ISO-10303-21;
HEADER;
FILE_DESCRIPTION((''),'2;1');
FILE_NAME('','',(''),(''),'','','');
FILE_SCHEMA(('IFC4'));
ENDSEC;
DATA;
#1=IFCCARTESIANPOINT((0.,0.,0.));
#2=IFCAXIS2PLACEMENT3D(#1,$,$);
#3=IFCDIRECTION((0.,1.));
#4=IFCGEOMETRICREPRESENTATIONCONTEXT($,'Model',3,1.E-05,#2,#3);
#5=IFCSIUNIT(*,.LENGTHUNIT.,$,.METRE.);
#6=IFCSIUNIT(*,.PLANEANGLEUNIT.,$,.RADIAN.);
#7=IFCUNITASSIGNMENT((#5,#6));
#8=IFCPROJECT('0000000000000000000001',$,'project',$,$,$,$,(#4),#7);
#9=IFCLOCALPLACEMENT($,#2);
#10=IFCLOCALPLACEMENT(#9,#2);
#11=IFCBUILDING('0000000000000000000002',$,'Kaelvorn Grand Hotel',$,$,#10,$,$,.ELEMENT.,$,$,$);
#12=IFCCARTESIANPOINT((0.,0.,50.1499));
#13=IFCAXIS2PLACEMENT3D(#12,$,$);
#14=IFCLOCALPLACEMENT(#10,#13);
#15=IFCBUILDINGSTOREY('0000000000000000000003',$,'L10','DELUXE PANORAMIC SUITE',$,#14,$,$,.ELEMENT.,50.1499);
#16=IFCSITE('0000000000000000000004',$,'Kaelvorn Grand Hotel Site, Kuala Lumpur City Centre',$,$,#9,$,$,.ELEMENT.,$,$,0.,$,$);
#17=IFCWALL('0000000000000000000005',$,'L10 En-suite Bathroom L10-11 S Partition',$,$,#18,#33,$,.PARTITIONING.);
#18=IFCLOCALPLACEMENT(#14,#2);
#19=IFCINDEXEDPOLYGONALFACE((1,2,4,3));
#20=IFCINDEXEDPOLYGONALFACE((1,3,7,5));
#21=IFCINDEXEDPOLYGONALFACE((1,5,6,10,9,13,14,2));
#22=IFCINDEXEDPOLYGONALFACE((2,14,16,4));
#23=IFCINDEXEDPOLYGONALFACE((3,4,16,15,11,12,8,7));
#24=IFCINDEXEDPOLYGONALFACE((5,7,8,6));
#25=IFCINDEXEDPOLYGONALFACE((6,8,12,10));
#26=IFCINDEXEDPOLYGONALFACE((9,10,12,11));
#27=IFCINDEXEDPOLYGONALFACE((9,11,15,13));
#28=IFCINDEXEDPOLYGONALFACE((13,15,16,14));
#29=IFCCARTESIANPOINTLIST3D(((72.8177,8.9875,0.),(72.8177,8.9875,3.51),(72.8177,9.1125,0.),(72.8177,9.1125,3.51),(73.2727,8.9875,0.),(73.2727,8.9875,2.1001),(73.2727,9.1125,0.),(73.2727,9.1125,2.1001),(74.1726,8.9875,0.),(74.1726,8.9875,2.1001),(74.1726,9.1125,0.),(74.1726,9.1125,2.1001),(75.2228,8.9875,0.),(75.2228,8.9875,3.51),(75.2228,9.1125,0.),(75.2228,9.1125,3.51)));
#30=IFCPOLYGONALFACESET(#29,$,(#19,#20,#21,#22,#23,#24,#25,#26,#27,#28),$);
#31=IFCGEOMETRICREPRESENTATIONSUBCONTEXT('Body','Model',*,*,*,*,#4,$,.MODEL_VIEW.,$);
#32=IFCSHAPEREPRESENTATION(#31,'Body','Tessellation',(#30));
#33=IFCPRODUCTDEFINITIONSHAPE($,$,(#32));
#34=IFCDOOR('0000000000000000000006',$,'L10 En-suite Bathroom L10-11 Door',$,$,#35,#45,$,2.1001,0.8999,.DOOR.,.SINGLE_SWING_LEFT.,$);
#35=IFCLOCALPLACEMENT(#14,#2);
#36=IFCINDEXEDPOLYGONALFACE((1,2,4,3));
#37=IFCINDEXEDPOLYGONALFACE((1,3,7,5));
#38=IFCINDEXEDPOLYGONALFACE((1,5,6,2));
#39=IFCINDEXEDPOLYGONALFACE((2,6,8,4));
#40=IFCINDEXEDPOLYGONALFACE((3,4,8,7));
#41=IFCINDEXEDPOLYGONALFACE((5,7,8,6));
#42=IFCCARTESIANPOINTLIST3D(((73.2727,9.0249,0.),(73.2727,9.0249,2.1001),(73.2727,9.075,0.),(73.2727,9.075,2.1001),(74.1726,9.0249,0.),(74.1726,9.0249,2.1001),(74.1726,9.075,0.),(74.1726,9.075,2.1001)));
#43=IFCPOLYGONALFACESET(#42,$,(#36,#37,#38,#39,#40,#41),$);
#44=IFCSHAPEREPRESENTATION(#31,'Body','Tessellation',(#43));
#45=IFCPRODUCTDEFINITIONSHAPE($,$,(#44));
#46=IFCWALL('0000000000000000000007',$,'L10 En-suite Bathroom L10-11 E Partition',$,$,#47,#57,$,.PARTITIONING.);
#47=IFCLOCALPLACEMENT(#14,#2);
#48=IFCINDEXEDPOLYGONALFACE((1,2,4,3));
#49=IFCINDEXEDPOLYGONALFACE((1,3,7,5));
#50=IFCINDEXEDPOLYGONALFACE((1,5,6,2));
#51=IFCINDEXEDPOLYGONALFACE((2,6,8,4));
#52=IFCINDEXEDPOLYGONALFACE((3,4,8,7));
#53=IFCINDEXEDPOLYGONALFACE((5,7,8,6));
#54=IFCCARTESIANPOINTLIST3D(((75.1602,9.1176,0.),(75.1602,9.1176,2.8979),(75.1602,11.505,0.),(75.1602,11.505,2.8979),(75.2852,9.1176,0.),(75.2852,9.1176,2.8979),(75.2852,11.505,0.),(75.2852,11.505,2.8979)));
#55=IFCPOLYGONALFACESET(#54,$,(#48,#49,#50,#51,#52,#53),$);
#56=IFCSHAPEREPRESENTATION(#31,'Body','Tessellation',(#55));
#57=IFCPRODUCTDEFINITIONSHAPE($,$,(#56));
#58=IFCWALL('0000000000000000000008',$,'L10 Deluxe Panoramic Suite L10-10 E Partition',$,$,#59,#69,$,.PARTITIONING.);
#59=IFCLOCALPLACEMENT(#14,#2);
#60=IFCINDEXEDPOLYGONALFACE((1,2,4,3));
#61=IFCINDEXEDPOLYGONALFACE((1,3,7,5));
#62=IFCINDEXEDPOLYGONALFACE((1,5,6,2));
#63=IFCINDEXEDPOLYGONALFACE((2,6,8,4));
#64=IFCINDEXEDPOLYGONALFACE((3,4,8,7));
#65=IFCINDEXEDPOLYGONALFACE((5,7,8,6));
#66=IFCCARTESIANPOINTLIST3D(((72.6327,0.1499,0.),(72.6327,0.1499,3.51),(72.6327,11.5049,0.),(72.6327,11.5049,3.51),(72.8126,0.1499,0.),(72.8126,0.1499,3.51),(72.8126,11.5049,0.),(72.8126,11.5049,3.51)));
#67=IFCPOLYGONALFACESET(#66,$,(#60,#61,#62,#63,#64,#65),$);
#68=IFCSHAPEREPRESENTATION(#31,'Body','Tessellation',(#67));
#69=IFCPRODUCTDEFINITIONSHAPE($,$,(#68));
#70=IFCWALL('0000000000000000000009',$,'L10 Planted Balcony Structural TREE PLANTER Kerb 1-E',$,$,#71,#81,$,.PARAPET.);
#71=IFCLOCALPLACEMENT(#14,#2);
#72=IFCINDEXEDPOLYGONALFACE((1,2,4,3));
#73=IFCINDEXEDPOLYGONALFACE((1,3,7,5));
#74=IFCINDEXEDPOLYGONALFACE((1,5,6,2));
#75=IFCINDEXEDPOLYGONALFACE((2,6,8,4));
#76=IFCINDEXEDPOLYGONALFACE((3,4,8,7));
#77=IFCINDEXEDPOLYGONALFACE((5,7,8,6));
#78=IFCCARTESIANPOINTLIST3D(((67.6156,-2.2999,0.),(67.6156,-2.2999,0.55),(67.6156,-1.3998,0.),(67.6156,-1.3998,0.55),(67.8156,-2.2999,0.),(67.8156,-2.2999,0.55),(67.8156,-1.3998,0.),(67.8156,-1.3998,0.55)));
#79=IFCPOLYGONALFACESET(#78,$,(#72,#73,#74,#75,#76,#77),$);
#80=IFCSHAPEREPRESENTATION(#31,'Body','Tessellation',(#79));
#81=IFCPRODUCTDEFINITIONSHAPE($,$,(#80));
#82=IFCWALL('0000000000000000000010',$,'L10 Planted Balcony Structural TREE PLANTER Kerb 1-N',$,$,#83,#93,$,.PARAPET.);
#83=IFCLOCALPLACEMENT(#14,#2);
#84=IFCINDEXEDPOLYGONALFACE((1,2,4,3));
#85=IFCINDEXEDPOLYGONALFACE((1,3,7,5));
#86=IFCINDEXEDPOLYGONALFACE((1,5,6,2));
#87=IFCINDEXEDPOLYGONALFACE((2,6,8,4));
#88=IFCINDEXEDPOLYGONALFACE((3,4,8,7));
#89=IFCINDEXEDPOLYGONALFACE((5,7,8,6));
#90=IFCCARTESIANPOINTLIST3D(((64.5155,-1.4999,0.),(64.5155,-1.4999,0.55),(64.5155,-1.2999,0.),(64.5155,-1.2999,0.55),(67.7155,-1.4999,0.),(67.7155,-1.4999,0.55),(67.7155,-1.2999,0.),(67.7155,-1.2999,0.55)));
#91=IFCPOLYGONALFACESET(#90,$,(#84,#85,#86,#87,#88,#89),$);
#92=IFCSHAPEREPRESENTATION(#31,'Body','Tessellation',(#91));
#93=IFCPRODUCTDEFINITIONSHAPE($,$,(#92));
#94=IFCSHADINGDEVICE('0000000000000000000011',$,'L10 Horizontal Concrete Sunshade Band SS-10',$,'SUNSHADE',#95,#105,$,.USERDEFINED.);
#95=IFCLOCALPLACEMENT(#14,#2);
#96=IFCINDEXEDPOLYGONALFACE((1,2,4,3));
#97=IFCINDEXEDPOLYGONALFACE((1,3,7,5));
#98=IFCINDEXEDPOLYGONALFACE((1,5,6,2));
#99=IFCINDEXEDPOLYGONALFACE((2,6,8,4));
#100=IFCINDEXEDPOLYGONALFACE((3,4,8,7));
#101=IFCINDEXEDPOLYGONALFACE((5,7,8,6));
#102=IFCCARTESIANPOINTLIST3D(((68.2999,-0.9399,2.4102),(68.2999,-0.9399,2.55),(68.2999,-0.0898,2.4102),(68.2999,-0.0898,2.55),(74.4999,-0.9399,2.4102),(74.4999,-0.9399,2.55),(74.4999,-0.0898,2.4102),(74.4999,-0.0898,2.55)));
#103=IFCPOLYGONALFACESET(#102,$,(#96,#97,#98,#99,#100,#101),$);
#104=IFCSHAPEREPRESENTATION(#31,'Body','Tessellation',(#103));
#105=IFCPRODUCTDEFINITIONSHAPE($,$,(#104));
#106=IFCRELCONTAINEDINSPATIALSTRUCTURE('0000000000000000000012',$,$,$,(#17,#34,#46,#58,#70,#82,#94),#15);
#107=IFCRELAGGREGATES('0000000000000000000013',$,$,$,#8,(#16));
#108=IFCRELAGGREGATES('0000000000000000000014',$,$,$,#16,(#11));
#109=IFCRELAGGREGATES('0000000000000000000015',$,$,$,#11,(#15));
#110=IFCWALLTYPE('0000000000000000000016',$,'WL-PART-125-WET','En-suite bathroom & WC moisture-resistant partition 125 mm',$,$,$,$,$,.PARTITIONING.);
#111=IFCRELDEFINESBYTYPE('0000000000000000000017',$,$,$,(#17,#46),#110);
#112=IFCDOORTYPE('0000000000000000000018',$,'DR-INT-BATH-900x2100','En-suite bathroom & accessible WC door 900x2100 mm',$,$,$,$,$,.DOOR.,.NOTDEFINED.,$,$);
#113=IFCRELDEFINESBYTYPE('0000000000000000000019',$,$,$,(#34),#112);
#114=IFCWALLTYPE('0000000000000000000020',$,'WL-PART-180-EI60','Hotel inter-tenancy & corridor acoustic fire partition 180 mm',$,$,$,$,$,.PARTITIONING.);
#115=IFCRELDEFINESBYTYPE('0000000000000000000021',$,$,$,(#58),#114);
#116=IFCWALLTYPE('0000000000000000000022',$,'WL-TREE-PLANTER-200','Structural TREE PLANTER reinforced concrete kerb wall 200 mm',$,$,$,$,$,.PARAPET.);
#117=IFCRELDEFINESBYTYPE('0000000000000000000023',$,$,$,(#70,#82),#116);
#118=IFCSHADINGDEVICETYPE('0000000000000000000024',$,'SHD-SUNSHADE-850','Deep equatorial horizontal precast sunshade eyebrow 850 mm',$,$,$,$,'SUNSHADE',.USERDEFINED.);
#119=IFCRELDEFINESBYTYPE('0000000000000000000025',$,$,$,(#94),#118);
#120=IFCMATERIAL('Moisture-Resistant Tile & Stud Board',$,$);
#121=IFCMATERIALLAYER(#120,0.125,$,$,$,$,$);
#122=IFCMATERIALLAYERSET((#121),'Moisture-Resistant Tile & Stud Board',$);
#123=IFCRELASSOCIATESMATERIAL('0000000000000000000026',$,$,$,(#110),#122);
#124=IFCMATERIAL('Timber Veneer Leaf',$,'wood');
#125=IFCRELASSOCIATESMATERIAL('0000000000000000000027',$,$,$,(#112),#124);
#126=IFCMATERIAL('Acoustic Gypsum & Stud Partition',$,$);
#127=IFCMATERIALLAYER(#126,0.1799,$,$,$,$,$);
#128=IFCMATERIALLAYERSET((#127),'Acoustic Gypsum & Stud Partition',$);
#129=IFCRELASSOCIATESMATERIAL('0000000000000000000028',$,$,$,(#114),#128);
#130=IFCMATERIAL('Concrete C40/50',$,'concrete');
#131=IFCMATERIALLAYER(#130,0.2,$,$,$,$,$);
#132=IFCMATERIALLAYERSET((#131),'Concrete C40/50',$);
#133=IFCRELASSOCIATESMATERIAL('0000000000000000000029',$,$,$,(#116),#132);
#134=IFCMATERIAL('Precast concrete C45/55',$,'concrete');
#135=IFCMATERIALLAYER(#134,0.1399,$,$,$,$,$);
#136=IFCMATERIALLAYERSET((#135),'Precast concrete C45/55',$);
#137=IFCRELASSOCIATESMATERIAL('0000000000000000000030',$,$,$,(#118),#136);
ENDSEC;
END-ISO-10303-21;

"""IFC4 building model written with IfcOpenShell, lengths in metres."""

from ifc_helpers import new_model, si_unit, direction, frame, frame_2d, origin, origin_2d, place, context, subcontext, project, spatial, rectangle, extrude, material, layer, layer_set, type_object, element, fill, save


model = new_model("IFC4")

# Units and contexts
model_context = context("Model", 3, precision=1e-05, world=origin(), true_north=direction((0.0, 1.0)))
body_context = subcontext(model_context, "Body", "Model", "MODEL_VIEW")
ifc_project = project(units=[si_unit("LENGTHUNIT", "METRE"), si_unit("PLANEANGLEUNIT", "RADIAN")], contexts=[model_context])

# Site, building, storey
site_placement = place(None, origin())
site = spatial("IfcSite", under=ifc_project, at=site_placement, Name="Kaelvorn Grand Hotel Site, Kuala Lumpur City Centre", CompositionType="ELEMENT", RefElevation=0.0)
building_placement = place(site_placement, origin())
building = spatial("IfcBuilding", under=site, at=building_placement, Name="Kaelvorn Grand Hotel", CompositionType="ELEMENT")
storey_placement = place(building_placement, frame((0.0, 0.0, 50.1499)))
storey = spatial("IfcBuildingStorey", under=building, at=storey_placement, Name="L10", Description="DELUXE PANORAMIC SUITE", CompositionType="ELEMENT", Elevation=50.1499)

# Shared definitions
ifc_material_1 = material(Name="Concrete C40/50", Category="concrete")

# Shared definitions
ifc_material_2 = material(Name="Precast concrete C45/55", Category="concrete")

# Shared definitions
ifc_material_3 = material(Name="Moisture-Resistant Tile & Stud Board")
ifc_layer_1 = layer(ifc_material_3, 0.125)
ifc_layer_set_1 = layer_set([ifc_layer_1], Name="Moisture-Resistant Tile & Stud Board")
wall_type_1 = type_object("IfcWallType", Name="WL-PART-125-WET", Description="En-suite bathroom & WC moisture-resistant partition 125 mm", PredefinedType="PARTITIONING", material=ifc_layer_set_1)

# Wall, opening, door
wall_1_placement = place(storey_placement, frame((72.8176, 9.05, 0.0), z_axis=(0.0, 0.0, 1.0), x_axis=(1.0, 0.0, 0.0)))
wall_1 = element("IfcWall", 1, at=wall_1_placement, inside=storey, type_object=wall_type_1, Name="L10 En-suite Bathroom L10-11 S Partition", PredefinedType="PARTITIONING", context=body_context, shape_type="SweptSolid", body=[
    extrude(rectangle(XDim=2.405, YDim=0.125, at=frame_2d((1.2026, 0.0))), origin(), (0.0, 0.0, 1.0), 3.51),
])
opening_1_placement = place(wall_1_placement, frame((0.4551, 0.0, 0.0)))
opening_1 = element("IfcOpeningElement", 2, at=opening_1_placement, cuts=wall_1, PredefinedType="OPENING", context=body_context, shape_type="SweptSolid", body=[
    extrude(rectangle(XDim=0.8999, YDim=2.1001, at=frame_2d((0.45, 1.05))), frame((0.0, 0.0725, 0.0), z_axis=(0.0, -1.0, 0.0), x_axis=(1.0, 0.0, 0.0)), (0.0, 0.0, 1.0), 0.145),
])
ifc_material_4 = material(Name="Timber Veneer Leaf", Category="wood")
door_type = type_object("IfcDoorType", Name="DR-INT-BATH-900x2100", Description="En-suite bathroom & accessible WC door 900x2100 mm", OperationType="NOTDEFINED", PredefinedType="DOOR", material=ifc_material_4)
door_placement = place(opening_1_placement, origin())
door = element("IfcDoor", 3, at=door_placement, inside=storey, type_object=door_type, Name="L10 En-suite Bathroom L10-11 Door", OperationType="SINGLE_SWING_LEFT", OverallHeight=2.1001, OverallWidth=0.8999, PredefinedType="DOOR", context=body_context, shape_type="SweptSolid", body=[
    extrude(rectangle(XDim=0.8999, YDim=2.1001, at=frame_2d((0.45, 1.05))), frame((0.0, 0.0249, 0.0), z_axis=(0.0, -1.0, 0.0), x_axis=(1.0, 0.0, 0.0)), (0.0, 0.0, 1.0), 0.05),
])
fill(opening_1, door)

# Walls
wall_2_placement = place(storey_placement, frame((75.2227, 9.1174, 0.0), z_axis=(0.0, 0.0, 1.0), x_axis=(0.0, 1.0, 0.0)))
element("IfcWall", 4, at=wall_2_placement, inside=storey, type_object=wall_type_1, Name="L10 En-suite Bathroom L10-11 E Partition", PredefinedType="PARTITIONING", context=body_context, shape_type="SweptSolid", body=[
    extrude(rectangle(XDim=2.3875, YDim=0.125, at=frame_2d((1.1938, 0.0))), origin(), (0.0, 0.0, 1.0), 2.8979),
])
ifc_material_5 = material(Name="Acoustic Gypsum & Stud Partition")
ifc_layer_2 = layer(ifc_material_5, 0.1799)
ifc_layer_set_2 = layer_set([ifc_layer_2], Name="Acoustic Gypsum & Stud Partition")
wall_type_2 = type_object("IfcWallType", Name="WL-PART-180-EI60", Description="Hotel inter-tenancy & corridor acoustic fire partition 180 mm", PredefinedType="PARTITIONING", material=ifc_layer_set_2)
wall_3_placement = place(storey_placement, frame((72.7227, 0.1499, 0.0), z_axis=(0.0, 0.0, 1.0), x_axis=(0.0, 1.0, 0.0)))
element("IfcWall", 5, at=wall_3_placement, inside=storey, type_object=wall_type_2, Name="L10 Deluxe Panoramic Suite L10-10 E Partition", PredefinedType="PARTITIONING", context=body_context, shape_type="SweptSolid", body=[
    extrude(rectangle(XDim=11.355, YDim=0.1799, at=frame_2d((5.6775, 0.0))), origin(), (0.0, 0.0, 1.0), 3.51),
])
ifc_layer_3 = layer(ifc_material_1, 0.2)
ifc_layer_set_3 = layer_set([ifc_layer_3], Name="Concrete C40/50")
wall_type_3 = type_object("IfcWallType", Name="WL-TREE-PLANTER-200", Description="Structural TREE PLANTER reinforced concrete kerb wall 200 mm", PredefinedType="PARAPET", material=ifc_layer_set_3)
wall_4_placement = place(storey_placement, frame((67.7156, -2.3, 0.0), z_axis=(0.0, 0.0, 1.0), x_axis=(0.0, 1.0, 0.0)))
element("IfcWall", 6, at=wall_4_placement, inside=storey, type_object=wall_type_3, Name="L10 Planted Balcony Structural TREE PLANTER Kerb 1-E", PredefinedType="PARAPET", context=body_context, shape_type="SweptSolid", body=[
    extrude(rectangle(XDim=0.9001, YDim=0.2, at=frame_2d((0.4502, 0.0))), origin(), (0.0, 0.0, 1.0), 0.55),
])
wall_5_placement = place(storey_placement, frame((67.7156, -1.3999, 0.0), z_axis=(0.0, 0.0, 1.0), x_axis=(-1.0, 0.0, 0.0)))
element("IfcWall", 7, at=wall_5_placement, inside=storey, type_object=wall_type_3, Name="L10 Planted Balcony Structural TREE PLANTER Kerb 1-N", PredefinedType="PARAPET", context=body_context, shape_type="SweptSolid", body=[
    extrude(rectangle(XDim=3.2, YDim=0.2, at=frame_2d((1.6001, 0.0))), origin(), (0.0, 0.0, 1.0), 0.55),
])

# Shading device
ifc_layer_4 = layer(ifc_material_2, 0.1399)
ifc_layer_set_4 = layer_set([ifc_layer_4], Name="Precast concrete C45/55")
shading_device_type = type_object("IfcShadingDeviceType", Name="SHD-SUNSHADE-850", Description="Deep equatorial horizontal precast sunshade eyebrow 850 mm", ElementType="SUNSHADE", PredefinedType="USERDEFINED", material=ifc_layer_set_4)
shading_device_placement = place(storey_placement, frame((71.3999, -0.5149, 2.4102), z_axis=(0.0, 0.0, 1.0), x_axis=(1.0, 0.0, 0.0)))
element("IfcShadingDevice", 8, at=shading_device_placement, inside=storey, type_object=shading_device_type, Name="L10 Horizontal Concrete Sunshade Band SS-10", ObjectType="SUNSHADE", PredefinedType="USERDEFINED", context=body_context, shape_type="SweptSolid", body=[
    extrude(rectangle(XDim=6.2, YDim=0.8501, at=origin_2d()), origin(), (0.0, 0.0, 1.0), 0.1399),
])

save(model, "model.ifc")
